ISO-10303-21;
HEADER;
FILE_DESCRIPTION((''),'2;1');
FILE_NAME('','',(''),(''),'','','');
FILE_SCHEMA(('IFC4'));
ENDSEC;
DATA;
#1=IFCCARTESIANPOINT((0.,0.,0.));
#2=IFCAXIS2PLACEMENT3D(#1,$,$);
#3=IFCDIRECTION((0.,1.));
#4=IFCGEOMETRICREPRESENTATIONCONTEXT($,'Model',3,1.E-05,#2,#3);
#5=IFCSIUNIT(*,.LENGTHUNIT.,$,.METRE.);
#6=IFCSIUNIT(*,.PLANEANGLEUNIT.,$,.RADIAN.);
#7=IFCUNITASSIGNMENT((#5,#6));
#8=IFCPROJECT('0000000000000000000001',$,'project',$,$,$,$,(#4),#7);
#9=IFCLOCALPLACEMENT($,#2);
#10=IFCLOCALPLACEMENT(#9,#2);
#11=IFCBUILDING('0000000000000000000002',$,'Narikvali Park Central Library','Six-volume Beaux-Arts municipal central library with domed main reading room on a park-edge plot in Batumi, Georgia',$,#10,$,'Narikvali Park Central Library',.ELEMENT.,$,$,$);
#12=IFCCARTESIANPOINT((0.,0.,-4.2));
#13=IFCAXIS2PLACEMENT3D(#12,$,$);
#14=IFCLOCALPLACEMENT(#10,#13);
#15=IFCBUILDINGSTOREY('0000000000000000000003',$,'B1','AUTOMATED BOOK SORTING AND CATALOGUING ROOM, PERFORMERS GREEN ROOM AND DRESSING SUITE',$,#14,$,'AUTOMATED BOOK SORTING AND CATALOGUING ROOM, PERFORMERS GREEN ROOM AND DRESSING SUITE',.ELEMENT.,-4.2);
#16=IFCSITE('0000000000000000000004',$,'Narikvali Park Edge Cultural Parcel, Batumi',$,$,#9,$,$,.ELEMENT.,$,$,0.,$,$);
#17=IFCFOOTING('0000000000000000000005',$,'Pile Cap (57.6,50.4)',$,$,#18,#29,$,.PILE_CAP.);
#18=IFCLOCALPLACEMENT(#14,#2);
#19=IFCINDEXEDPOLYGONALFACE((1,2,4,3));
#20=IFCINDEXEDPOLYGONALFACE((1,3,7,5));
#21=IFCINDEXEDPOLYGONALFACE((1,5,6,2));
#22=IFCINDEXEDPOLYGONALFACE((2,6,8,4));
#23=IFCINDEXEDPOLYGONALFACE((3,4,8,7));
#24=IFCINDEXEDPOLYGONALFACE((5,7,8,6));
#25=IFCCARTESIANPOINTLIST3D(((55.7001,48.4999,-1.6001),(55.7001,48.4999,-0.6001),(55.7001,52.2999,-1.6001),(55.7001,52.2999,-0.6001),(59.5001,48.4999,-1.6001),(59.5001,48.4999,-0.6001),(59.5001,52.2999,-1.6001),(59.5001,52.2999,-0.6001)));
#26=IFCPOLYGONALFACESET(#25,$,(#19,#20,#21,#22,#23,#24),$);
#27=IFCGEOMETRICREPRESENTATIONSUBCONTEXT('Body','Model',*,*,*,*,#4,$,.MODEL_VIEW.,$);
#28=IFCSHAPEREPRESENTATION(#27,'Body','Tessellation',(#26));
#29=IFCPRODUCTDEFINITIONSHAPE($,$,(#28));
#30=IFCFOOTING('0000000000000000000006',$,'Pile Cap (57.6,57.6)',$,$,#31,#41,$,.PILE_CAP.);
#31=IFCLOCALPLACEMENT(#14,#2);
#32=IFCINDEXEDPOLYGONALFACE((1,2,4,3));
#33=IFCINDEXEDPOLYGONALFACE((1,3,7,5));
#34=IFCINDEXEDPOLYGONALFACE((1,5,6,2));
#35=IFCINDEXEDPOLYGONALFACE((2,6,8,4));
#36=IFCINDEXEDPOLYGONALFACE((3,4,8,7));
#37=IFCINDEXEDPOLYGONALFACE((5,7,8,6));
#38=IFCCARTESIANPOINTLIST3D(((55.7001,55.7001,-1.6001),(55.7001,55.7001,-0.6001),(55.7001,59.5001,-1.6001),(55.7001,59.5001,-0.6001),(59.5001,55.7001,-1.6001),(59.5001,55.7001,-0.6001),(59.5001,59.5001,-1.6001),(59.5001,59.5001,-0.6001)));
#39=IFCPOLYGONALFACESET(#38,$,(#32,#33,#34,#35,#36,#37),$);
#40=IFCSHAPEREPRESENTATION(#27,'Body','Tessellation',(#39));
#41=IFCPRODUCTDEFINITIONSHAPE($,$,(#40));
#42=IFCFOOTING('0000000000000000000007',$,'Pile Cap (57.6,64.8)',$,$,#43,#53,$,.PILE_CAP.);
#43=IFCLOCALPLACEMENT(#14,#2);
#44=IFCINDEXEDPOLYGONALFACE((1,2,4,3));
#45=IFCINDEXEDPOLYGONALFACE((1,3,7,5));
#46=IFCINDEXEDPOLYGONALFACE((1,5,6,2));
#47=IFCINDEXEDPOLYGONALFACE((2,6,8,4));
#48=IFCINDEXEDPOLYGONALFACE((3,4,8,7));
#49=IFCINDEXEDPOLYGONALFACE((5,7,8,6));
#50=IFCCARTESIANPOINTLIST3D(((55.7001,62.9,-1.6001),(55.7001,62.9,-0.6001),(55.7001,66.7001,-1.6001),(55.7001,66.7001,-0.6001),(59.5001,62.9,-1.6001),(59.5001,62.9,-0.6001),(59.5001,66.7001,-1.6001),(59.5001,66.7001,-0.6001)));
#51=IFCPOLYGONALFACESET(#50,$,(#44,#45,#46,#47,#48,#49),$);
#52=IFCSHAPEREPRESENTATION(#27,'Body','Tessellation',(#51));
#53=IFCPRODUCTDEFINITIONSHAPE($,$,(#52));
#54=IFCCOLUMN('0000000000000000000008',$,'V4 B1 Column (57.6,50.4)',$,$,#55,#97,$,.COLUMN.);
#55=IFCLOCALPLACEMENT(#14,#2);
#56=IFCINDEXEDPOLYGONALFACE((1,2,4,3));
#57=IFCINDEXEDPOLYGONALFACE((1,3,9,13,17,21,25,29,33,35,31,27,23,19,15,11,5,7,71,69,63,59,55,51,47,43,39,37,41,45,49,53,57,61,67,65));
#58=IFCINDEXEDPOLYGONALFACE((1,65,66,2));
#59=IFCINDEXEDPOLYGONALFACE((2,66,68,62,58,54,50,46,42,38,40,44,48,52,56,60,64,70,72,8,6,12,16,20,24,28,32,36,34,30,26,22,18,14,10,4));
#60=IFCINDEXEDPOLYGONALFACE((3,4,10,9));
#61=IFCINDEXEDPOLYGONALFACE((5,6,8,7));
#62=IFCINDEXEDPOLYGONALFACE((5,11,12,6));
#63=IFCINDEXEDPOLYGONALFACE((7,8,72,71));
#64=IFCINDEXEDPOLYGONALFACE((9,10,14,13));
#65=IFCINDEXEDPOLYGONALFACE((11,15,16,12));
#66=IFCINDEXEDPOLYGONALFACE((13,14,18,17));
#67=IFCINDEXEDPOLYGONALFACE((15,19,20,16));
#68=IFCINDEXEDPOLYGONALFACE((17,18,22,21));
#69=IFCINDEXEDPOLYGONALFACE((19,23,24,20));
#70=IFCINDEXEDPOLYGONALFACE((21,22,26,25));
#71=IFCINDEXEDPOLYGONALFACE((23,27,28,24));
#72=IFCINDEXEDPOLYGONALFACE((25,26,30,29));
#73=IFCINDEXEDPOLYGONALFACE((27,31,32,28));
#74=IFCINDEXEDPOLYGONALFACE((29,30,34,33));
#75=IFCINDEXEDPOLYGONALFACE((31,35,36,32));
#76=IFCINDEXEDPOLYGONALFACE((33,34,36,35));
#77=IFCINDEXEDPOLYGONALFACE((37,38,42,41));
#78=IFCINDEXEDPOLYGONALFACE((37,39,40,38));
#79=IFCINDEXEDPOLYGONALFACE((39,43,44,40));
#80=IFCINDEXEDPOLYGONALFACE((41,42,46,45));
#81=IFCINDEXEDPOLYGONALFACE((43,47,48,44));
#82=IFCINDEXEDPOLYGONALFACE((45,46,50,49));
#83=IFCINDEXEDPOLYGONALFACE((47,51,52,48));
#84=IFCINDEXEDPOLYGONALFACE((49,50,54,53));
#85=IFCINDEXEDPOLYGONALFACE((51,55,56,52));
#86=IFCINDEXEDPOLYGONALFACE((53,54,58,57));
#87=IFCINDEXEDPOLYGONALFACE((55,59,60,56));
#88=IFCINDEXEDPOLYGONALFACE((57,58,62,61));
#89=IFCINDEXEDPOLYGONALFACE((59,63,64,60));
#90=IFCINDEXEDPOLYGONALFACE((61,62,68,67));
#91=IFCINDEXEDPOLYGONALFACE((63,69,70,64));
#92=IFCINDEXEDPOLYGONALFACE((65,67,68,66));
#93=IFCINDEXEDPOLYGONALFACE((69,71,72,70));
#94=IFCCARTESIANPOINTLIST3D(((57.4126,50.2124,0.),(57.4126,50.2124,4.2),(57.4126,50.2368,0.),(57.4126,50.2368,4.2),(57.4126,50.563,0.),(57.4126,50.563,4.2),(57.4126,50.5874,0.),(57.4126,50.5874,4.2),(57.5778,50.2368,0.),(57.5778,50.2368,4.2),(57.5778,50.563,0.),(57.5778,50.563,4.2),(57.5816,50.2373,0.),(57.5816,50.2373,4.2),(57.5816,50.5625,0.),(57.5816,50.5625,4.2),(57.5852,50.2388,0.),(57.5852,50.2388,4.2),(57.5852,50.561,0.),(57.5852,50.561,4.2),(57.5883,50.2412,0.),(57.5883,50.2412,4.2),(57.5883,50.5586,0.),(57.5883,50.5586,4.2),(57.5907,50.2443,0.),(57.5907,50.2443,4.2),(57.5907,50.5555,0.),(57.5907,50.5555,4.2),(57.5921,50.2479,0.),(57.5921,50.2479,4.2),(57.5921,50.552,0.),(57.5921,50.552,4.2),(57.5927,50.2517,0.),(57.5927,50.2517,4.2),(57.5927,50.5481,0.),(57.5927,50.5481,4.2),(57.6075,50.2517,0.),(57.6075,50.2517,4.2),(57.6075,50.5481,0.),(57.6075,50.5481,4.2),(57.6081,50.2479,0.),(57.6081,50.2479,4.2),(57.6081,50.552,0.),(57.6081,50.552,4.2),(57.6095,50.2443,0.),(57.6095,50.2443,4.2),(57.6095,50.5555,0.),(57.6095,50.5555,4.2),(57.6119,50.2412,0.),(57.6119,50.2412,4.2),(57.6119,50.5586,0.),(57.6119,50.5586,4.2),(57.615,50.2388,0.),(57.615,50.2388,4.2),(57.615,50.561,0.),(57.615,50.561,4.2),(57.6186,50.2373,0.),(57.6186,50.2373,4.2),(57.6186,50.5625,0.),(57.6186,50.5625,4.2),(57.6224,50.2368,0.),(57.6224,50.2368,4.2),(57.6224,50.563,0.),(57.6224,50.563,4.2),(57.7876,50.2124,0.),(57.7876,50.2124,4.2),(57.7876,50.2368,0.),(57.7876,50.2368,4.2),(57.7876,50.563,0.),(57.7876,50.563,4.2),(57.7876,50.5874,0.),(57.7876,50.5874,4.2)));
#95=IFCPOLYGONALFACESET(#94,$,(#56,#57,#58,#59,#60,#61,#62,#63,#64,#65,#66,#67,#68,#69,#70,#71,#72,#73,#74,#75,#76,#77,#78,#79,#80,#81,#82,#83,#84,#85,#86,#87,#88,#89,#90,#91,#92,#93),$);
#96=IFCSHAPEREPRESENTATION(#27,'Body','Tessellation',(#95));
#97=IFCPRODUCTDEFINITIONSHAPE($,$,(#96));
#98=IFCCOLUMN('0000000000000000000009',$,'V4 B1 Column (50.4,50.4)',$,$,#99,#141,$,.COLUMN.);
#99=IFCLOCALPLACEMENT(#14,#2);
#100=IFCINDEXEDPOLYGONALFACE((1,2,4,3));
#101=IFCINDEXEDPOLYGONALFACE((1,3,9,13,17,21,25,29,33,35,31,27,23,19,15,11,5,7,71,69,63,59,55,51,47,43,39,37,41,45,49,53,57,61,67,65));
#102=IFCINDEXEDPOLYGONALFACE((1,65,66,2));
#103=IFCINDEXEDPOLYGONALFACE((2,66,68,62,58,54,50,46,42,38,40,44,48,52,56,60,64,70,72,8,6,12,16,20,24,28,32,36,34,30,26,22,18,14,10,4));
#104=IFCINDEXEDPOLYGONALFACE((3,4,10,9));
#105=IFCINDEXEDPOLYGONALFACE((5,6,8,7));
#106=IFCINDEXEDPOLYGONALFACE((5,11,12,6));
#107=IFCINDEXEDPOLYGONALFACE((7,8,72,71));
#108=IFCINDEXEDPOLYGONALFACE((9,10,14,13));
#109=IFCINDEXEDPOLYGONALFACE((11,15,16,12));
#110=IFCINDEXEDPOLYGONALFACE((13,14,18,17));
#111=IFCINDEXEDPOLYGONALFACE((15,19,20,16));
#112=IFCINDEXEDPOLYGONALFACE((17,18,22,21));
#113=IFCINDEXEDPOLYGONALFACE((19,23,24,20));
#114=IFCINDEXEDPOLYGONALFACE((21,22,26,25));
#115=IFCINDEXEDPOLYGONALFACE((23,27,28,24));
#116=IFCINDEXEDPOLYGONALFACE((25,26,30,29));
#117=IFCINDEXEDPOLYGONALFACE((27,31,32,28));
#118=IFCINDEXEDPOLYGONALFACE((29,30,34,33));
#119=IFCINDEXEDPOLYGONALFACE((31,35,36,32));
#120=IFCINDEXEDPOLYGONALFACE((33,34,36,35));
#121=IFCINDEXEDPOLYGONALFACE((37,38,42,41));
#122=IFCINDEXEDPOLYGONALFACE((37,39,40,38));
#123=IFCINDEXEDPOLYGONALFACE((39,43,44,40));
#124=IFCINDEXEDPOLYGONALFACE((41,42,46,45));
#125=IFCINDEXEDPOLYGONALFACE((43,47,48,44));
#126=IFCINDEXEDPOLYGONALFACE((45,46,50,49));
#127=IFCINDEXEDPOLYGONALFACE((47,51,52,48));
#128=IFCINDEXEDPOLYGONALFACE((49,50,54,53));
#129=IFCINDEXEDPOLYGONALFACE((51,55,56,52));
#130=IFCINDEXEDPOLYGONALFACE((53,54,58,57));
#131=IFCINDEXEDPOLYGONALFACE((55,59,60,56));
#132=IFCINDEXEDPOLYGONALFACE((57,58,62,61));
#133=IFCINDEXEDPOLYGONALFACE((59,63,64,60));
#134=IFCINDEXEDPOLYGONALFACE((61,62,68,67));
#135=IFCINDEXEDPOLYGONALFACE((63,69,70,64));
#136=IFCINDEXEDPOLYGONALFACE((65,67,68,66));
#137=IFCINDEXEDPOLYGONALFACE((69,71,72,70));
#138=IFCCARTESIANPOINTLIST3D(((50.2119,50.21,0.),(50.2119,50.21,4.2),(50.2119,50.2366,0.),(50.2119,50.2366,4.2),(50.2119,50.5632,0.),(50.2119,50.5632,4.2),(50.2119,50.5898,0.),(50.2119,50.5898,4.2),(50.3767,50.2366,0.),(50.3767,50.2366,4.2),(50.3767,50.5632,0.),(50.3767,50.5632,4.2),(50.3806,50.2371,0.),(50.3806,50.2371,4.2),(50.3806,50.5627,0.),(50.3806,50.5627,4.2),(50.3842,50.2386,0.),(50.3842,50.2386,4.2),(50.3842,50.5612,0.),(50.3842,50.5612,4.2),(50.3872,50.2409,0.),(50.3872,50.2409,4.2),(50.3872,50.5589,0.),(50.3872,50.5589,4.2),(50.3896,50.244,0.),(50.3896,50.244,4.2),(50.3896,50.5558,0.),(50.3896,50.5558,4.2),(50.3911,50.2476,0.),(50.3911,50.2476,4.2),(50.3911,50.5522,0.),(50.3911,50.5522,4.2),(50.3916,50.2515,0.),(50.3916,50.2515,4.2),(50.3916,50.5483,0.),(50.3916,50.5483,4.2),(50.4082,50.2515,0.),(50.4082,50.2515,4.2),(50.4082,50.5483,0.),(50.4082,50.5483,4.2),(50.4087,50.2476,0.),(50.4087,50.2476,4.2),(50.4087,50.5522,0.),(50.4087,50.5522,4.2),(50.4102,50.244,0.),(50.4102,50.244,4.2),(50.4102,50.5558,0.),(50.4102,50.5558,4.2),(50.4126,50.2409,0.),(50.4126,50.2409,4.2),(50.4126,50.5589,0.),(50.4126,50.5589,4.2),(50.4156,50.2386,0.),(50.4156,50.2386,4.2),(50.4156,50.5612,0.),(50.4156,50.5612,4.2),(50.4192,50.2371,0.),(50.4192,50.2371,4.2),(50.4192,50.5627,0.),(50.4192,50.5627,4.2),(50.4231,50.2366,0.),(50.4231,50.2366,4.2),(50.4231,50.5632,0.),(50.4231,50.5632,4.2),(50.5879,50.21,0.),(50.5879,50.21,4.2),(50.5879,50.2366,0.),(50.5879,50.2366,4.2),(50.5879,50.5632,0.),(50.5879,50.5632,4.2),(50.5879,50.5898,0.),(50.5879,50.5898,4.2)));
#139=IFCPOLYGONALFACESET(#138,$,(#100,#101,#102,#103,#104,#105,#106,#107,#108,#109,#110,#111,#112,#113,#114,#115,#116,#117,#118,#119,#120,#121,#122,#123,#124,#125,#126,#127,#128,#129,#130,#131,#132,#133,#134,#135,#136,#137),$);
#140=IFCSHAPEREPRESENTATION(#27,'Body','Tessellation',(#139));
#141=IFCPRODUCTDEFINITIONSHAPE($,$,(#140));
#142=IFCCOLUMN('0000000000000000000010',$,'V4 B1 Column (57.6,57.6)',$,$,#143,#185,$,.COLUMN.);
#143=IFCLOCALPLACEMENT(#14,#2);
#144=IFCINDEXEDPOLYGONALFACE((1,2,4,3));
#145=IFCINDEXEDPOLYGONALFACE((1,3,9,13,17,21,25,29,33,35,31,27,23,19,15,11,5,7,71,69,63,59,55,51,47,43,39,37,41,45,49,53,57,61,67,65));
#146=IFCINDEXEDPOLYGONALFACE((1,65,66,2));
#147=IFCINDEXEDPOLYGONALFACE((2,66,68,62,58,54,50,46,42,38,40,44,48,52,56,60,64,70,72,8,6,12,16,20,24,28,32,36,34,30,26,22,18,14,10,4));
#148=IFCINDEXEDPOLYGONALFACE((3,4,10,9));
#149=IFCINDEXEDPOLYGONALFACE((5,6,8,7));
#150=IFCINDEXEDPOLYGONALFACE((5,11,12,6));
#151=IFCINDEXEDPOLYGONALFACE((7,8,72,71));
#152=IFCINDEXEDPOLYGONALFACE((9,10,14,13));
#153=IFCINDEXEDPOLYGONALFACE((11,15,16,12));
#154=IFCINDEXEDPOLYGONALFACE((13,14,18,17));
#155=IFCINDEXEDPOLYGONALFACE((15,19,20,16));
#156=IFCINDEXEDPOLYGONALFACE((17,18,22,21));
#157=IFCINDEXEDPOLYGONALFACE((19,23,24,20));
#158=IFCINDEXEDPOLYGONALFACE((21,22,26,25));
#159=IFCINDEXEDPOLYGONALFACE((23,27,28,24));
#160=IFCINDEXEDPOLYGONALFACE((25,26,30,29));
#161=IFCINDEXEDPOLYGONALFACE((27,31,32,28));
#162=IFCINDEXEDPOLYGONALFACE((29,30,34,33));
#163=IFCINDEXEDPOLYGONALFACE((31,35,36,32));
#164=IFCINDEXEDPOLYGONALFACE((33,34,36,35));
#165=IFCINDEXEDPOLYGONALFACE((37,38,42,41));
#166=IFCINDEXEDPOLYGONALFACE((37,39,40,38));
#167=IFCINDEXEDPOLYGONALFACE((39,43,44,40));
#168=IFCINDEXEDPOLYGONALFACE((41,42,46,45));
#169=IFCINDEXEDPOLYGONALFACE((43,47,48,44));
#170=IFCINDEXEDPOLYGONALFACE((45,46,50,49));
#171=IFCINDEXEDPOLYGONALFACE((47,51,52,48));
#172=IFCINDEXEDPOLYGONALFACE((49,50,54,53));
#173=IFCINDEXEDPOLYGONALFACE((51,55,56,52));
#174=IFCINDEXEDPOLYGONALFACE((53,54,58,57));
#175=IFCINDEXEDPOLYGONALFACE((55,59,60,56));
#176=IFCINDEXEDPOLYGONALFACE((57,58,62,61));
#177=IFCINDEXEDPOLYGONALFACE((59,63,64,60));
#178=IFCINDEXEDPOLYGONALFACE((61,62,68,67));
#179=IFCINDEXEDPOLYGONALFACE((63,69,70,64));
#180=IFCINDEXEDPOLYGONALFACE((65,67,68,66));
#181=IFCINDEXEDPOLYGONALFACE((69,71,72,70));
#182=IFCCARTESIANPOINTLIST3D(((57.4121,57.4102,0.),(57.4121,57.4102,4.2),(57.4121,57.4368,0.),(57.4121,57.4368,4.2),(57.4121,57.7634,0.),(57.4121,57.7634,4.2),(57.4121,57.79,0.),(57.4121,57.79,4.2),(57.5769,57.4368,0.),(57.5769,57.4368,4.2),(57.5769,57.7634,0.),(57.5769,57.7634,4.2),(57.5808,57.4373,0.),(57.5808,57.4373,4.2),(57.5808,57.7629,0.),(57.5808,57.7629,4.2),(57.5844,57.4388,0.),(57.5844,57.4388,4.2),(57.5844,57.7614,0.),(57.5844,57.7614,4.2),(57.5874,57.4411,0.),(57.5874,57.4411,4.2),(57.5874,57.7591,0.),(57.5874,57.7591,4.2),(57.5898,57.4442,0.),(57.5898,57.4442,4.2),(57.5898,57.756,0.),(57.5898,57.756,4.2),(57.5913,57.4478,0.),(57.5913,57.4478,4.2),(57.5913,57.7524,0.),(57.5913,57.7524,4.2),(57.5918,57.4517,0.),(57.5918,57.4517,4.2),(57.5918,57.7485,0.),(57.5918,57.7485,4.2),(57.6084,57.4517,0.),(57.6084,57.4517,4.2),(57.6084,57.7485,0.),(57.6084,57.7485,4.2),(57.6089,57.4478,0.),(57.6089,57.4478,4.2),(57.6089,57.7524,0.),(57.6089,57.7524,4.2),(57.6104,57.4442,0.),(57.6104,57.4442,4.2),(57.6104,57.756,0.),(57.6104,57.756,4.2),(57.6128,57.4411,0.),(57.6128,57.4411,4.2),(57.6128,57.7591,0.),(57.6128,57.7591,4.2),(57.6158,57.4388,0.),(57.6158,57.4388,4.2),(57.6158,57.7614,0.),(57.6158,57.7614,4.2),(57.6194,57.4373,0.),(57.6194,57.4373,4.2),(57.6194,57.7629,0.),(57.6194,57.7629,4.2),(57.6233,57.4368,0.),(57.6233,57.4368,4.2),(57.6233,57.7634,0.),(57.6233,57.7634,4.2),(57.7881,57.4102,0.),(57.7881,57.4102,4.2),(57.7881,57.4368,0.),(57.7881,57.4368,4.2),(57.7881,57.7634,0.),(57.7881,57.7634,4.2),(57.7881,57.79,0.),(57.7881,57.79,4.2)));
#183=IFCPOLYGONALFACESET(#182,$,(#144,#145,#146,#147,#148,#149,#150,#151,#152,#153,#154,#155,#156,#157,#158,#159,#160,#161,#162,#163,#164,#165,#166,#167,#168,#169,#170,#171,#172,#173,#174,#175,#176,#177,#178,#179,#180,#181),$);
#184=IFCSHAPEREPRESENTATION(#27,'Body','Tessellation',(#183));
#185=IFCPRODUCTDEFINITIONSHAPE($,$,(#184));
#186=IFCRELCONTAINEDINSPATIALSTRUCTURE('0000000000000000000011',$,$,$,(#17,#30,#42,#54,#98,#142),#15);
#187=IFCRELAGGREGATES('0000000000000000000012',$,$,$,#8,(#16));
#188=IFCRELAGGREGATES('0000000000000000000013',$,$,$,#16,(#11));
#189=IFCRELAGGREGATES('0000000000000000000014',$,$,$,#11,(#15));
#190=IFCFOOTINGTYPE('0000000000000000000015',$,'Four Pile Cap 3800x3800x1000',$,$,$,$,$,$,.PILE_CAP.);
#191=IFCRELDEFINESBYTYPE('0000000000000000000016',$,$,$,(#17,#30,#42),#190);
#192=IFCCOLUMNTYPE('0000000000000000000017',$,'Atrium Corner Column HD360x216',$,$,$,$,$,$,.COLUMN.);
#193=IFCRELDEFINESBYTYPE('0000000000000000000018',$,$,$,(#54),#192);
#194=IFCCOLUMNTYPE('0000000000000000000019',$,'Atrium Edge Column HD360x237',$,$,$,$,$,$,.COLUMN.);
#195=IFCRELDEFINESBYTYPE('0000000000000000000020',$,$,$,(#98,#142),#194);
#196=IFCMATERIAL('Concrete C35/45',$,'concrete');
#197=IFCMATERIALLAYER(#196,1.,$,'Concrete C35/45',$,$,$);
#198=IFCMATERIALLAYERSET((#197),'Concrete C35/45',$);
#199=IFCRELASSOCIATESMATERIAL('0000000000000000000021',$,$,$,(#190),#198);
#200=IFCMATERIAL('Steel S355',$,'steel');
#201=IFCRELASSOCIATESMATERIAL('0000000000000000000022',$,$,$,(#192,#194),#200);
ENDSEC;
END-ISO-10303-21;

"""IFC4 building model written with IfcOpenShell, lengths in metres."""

from ifc_helpers import new_model, si_unit, direction, frame, origin, origin_2d, place, context, subcontext, project, spatial, rectangle, i_section, extrude, material, layer, layer_set, material_profile, profile_set, type_object, element, save


model = new_model("IFC4")

# Units and contexts
model_context = context("Model", 3, precision=1e-05, world=origin(), true_north=direction((0.0, 1.0)))
body_context = subcontext(model_context, "Body", "Model", "MODEL_VIEW")
ifc_project = project(units=[si_unit("LENGTHUNIT", "METRE"), si_unit("PLANEANGLEUNIT", "RADIAN")], contexts=[model_context])

# Site, building, storey
site_placement = place(None, origin())
site = spatial("IfcSite", under=ifc_project, at=site_placement, Name="Narikvali Park Edge Cultural Parcel, Batumi", CompositionType="ELEMENT", RefElevation=0.0)
building_placement = place(site_placement, origin())
building = spatial("IfcBuilding", under=site, at=building_placement, Name="Narikvali Park Central Library", Description="Six-volume Beaux-Arts municipal central library with domed main reading room on a park-edge plot in Batumi, Georgia", LongName="Narikvali Park Central Library", CompositionType="ELEMENT")
storey_placement = place(building_placement, frame((0.0, 0.0, -4.2)))
storey = spatial("IfcBuildingStorey", under=building, at=storey_placement, Name="B1", Description="AUTOMATED BOOK SORTING AND CATALOGUING ROOM, PERFORMERS GREEN ROOM AND DRESSING SUITE", LongName="AUTOMATED BOOK SORTING AND CATALOGUING ROOM, PERFORMERS GREEN ROOM AND DRESSING SUITE", CompositionType="ELEMENT", Elevation=-4.2)

# Shared definitions
ifc_material_1 = material(Name="Concrete C35/45", Category="concrete")

# Footings
ifc_layer_1 = layer(ifc_material_1, 1.0, Name="Concrete C35/45")
ifc_layer_set_1 = layer_set([ifc_layer_1], Name="Concrete C35/45")
footing_type_1 = type_object("IfcFootingType", Name="Four Pile Cap 3800x3800x1000", PredefinedType="PILE_CAP", material=ifc_layer_set_1)
for number, where, z_axis, x_axis, name in (
    (1, (57.6001, 50.3999, -1.6001), (0.0, 0.0, 1.0), (1.0, 0.0, 0.0), "Pile Cap (57.6,50.4)"),
    (2, (57.6001, 57.6001, -1.6001), (0.0, 0.0, 1.0), (1.0, 0.0, 0.0), "Pile Cap (57.6,57.6)"),
    (3, (57.6001, 64.8, -1.6001), (0.0, 0.0, 1.0), (1.0, 0.0, 0.0), "Pile Cap (57.6,64.8)"),
):
    element("IfcFooting", number, at=place(storey_placement, frame(where, z_axis=z_axis, x_axis=x_axis)), inside=storey, type_object=footing_type_1, Name=name, PredefinedType="PILE_CAP", context=body_context, shape_type="SweptSolid", body=[
        extrude(rectangle(XDim=3.8, YDim=3.8, at=origin_2d()), origin(), (0.0, 0.0, 1.0), 1.0),
    ])

# Columns
ifc_material_2 = material(Name="Steel S355", Category="steel")
ifc_material_profile_1 = material_profile(ifc_material_2, i_section(OverallWidth=0.375, OverallDepth=0.375, WebThickness=0.0149, FlangeThickness=0.0244, FilletRadius=0.0149, at=origin_2d()), Name="HD 360x216")
ifc_profile_set_1 = profile_set([ifc_material_profile_1], Name="Steel S355")
column_type_1 = type_object("IfcColumnType", Name="Atrium Corner Column HD360x216", PredefinedType="COLUMN", material=ifc_profile_set_1)
column_placement = place(storey_placement, frame((57.6001, 50.3999, 0.0), z_axis=(0.0, 0.0, 1.0), x_axis=(1.0, 0.0, 0.0)))
element("IfcColumn", 4, at=column_placement, inside=storey, type_object=column_type_1, Name="V4 B1 Column (57.6,50.4)", PredefinedType="COLUMN", context=body_context, shape_type="SweptSolid", body=[
    extrude(i_section(OverallWidth=0.375, OverallDepth=0.375, WebThickness=0.0149, FlangeThickness=0.0244, FilletRadius=0.0149, at=origin_2d()), origin(), (0.0, 0.0, 1.0), 4.2),
])
ifc_material_profile_2 = material_profile(ifc_material_2, i_section(OverallWidth=0.376, OverallDepth=0.3799, WebThickness=0.0166, FlangeThickness=0.0266, FilletRadius=0.0149, at=origin_2d()), Name="HD 360x237")
ifc_profile_set_2 = profile_set([ifc_material_profile_2], Name="Steel S355")
column_type_2 = type_object("IfcColumnType", Name="Atrium Edge Column HD360x237", PredefinedType="COLUMN", material=ifc_profile_set_2)
for number, where, z_axis, x_axis, name in (
    (5, (50.3999, 50.3999, 0.0), (0.0, 0.0, 1.0), (1.0, 0.0, 0.0), "V4 B1 Column (50.4,50.4)"),
    (6, (57.6001, 57.6001, 0.0), (0.0, 0.0, 1.0), (1.0, 0.0, 0.0), "V4 B1 Column (57.6,57.6)"),
):
    element("IfcColumn", number, at=place(storey_placement, frame(where, z_axis=z_axis, x_axis=x_axis)), inside=storey, type_object=column_type_2, Name=name, PredefinedType="COLUMN", context=body_context, shape_type="SweptSolid", body=[
        extrude(i_section(OverallWidth=0.376, OverallDepth=0.3799, WebThickness=0.0166, FlangeThickness=0.0266, FilletRadius=0.0149, at=origin_2d()), origin(), (0.0, 0.0, 1.0), 4.2),
    ])

save(model, "model.ifc")
